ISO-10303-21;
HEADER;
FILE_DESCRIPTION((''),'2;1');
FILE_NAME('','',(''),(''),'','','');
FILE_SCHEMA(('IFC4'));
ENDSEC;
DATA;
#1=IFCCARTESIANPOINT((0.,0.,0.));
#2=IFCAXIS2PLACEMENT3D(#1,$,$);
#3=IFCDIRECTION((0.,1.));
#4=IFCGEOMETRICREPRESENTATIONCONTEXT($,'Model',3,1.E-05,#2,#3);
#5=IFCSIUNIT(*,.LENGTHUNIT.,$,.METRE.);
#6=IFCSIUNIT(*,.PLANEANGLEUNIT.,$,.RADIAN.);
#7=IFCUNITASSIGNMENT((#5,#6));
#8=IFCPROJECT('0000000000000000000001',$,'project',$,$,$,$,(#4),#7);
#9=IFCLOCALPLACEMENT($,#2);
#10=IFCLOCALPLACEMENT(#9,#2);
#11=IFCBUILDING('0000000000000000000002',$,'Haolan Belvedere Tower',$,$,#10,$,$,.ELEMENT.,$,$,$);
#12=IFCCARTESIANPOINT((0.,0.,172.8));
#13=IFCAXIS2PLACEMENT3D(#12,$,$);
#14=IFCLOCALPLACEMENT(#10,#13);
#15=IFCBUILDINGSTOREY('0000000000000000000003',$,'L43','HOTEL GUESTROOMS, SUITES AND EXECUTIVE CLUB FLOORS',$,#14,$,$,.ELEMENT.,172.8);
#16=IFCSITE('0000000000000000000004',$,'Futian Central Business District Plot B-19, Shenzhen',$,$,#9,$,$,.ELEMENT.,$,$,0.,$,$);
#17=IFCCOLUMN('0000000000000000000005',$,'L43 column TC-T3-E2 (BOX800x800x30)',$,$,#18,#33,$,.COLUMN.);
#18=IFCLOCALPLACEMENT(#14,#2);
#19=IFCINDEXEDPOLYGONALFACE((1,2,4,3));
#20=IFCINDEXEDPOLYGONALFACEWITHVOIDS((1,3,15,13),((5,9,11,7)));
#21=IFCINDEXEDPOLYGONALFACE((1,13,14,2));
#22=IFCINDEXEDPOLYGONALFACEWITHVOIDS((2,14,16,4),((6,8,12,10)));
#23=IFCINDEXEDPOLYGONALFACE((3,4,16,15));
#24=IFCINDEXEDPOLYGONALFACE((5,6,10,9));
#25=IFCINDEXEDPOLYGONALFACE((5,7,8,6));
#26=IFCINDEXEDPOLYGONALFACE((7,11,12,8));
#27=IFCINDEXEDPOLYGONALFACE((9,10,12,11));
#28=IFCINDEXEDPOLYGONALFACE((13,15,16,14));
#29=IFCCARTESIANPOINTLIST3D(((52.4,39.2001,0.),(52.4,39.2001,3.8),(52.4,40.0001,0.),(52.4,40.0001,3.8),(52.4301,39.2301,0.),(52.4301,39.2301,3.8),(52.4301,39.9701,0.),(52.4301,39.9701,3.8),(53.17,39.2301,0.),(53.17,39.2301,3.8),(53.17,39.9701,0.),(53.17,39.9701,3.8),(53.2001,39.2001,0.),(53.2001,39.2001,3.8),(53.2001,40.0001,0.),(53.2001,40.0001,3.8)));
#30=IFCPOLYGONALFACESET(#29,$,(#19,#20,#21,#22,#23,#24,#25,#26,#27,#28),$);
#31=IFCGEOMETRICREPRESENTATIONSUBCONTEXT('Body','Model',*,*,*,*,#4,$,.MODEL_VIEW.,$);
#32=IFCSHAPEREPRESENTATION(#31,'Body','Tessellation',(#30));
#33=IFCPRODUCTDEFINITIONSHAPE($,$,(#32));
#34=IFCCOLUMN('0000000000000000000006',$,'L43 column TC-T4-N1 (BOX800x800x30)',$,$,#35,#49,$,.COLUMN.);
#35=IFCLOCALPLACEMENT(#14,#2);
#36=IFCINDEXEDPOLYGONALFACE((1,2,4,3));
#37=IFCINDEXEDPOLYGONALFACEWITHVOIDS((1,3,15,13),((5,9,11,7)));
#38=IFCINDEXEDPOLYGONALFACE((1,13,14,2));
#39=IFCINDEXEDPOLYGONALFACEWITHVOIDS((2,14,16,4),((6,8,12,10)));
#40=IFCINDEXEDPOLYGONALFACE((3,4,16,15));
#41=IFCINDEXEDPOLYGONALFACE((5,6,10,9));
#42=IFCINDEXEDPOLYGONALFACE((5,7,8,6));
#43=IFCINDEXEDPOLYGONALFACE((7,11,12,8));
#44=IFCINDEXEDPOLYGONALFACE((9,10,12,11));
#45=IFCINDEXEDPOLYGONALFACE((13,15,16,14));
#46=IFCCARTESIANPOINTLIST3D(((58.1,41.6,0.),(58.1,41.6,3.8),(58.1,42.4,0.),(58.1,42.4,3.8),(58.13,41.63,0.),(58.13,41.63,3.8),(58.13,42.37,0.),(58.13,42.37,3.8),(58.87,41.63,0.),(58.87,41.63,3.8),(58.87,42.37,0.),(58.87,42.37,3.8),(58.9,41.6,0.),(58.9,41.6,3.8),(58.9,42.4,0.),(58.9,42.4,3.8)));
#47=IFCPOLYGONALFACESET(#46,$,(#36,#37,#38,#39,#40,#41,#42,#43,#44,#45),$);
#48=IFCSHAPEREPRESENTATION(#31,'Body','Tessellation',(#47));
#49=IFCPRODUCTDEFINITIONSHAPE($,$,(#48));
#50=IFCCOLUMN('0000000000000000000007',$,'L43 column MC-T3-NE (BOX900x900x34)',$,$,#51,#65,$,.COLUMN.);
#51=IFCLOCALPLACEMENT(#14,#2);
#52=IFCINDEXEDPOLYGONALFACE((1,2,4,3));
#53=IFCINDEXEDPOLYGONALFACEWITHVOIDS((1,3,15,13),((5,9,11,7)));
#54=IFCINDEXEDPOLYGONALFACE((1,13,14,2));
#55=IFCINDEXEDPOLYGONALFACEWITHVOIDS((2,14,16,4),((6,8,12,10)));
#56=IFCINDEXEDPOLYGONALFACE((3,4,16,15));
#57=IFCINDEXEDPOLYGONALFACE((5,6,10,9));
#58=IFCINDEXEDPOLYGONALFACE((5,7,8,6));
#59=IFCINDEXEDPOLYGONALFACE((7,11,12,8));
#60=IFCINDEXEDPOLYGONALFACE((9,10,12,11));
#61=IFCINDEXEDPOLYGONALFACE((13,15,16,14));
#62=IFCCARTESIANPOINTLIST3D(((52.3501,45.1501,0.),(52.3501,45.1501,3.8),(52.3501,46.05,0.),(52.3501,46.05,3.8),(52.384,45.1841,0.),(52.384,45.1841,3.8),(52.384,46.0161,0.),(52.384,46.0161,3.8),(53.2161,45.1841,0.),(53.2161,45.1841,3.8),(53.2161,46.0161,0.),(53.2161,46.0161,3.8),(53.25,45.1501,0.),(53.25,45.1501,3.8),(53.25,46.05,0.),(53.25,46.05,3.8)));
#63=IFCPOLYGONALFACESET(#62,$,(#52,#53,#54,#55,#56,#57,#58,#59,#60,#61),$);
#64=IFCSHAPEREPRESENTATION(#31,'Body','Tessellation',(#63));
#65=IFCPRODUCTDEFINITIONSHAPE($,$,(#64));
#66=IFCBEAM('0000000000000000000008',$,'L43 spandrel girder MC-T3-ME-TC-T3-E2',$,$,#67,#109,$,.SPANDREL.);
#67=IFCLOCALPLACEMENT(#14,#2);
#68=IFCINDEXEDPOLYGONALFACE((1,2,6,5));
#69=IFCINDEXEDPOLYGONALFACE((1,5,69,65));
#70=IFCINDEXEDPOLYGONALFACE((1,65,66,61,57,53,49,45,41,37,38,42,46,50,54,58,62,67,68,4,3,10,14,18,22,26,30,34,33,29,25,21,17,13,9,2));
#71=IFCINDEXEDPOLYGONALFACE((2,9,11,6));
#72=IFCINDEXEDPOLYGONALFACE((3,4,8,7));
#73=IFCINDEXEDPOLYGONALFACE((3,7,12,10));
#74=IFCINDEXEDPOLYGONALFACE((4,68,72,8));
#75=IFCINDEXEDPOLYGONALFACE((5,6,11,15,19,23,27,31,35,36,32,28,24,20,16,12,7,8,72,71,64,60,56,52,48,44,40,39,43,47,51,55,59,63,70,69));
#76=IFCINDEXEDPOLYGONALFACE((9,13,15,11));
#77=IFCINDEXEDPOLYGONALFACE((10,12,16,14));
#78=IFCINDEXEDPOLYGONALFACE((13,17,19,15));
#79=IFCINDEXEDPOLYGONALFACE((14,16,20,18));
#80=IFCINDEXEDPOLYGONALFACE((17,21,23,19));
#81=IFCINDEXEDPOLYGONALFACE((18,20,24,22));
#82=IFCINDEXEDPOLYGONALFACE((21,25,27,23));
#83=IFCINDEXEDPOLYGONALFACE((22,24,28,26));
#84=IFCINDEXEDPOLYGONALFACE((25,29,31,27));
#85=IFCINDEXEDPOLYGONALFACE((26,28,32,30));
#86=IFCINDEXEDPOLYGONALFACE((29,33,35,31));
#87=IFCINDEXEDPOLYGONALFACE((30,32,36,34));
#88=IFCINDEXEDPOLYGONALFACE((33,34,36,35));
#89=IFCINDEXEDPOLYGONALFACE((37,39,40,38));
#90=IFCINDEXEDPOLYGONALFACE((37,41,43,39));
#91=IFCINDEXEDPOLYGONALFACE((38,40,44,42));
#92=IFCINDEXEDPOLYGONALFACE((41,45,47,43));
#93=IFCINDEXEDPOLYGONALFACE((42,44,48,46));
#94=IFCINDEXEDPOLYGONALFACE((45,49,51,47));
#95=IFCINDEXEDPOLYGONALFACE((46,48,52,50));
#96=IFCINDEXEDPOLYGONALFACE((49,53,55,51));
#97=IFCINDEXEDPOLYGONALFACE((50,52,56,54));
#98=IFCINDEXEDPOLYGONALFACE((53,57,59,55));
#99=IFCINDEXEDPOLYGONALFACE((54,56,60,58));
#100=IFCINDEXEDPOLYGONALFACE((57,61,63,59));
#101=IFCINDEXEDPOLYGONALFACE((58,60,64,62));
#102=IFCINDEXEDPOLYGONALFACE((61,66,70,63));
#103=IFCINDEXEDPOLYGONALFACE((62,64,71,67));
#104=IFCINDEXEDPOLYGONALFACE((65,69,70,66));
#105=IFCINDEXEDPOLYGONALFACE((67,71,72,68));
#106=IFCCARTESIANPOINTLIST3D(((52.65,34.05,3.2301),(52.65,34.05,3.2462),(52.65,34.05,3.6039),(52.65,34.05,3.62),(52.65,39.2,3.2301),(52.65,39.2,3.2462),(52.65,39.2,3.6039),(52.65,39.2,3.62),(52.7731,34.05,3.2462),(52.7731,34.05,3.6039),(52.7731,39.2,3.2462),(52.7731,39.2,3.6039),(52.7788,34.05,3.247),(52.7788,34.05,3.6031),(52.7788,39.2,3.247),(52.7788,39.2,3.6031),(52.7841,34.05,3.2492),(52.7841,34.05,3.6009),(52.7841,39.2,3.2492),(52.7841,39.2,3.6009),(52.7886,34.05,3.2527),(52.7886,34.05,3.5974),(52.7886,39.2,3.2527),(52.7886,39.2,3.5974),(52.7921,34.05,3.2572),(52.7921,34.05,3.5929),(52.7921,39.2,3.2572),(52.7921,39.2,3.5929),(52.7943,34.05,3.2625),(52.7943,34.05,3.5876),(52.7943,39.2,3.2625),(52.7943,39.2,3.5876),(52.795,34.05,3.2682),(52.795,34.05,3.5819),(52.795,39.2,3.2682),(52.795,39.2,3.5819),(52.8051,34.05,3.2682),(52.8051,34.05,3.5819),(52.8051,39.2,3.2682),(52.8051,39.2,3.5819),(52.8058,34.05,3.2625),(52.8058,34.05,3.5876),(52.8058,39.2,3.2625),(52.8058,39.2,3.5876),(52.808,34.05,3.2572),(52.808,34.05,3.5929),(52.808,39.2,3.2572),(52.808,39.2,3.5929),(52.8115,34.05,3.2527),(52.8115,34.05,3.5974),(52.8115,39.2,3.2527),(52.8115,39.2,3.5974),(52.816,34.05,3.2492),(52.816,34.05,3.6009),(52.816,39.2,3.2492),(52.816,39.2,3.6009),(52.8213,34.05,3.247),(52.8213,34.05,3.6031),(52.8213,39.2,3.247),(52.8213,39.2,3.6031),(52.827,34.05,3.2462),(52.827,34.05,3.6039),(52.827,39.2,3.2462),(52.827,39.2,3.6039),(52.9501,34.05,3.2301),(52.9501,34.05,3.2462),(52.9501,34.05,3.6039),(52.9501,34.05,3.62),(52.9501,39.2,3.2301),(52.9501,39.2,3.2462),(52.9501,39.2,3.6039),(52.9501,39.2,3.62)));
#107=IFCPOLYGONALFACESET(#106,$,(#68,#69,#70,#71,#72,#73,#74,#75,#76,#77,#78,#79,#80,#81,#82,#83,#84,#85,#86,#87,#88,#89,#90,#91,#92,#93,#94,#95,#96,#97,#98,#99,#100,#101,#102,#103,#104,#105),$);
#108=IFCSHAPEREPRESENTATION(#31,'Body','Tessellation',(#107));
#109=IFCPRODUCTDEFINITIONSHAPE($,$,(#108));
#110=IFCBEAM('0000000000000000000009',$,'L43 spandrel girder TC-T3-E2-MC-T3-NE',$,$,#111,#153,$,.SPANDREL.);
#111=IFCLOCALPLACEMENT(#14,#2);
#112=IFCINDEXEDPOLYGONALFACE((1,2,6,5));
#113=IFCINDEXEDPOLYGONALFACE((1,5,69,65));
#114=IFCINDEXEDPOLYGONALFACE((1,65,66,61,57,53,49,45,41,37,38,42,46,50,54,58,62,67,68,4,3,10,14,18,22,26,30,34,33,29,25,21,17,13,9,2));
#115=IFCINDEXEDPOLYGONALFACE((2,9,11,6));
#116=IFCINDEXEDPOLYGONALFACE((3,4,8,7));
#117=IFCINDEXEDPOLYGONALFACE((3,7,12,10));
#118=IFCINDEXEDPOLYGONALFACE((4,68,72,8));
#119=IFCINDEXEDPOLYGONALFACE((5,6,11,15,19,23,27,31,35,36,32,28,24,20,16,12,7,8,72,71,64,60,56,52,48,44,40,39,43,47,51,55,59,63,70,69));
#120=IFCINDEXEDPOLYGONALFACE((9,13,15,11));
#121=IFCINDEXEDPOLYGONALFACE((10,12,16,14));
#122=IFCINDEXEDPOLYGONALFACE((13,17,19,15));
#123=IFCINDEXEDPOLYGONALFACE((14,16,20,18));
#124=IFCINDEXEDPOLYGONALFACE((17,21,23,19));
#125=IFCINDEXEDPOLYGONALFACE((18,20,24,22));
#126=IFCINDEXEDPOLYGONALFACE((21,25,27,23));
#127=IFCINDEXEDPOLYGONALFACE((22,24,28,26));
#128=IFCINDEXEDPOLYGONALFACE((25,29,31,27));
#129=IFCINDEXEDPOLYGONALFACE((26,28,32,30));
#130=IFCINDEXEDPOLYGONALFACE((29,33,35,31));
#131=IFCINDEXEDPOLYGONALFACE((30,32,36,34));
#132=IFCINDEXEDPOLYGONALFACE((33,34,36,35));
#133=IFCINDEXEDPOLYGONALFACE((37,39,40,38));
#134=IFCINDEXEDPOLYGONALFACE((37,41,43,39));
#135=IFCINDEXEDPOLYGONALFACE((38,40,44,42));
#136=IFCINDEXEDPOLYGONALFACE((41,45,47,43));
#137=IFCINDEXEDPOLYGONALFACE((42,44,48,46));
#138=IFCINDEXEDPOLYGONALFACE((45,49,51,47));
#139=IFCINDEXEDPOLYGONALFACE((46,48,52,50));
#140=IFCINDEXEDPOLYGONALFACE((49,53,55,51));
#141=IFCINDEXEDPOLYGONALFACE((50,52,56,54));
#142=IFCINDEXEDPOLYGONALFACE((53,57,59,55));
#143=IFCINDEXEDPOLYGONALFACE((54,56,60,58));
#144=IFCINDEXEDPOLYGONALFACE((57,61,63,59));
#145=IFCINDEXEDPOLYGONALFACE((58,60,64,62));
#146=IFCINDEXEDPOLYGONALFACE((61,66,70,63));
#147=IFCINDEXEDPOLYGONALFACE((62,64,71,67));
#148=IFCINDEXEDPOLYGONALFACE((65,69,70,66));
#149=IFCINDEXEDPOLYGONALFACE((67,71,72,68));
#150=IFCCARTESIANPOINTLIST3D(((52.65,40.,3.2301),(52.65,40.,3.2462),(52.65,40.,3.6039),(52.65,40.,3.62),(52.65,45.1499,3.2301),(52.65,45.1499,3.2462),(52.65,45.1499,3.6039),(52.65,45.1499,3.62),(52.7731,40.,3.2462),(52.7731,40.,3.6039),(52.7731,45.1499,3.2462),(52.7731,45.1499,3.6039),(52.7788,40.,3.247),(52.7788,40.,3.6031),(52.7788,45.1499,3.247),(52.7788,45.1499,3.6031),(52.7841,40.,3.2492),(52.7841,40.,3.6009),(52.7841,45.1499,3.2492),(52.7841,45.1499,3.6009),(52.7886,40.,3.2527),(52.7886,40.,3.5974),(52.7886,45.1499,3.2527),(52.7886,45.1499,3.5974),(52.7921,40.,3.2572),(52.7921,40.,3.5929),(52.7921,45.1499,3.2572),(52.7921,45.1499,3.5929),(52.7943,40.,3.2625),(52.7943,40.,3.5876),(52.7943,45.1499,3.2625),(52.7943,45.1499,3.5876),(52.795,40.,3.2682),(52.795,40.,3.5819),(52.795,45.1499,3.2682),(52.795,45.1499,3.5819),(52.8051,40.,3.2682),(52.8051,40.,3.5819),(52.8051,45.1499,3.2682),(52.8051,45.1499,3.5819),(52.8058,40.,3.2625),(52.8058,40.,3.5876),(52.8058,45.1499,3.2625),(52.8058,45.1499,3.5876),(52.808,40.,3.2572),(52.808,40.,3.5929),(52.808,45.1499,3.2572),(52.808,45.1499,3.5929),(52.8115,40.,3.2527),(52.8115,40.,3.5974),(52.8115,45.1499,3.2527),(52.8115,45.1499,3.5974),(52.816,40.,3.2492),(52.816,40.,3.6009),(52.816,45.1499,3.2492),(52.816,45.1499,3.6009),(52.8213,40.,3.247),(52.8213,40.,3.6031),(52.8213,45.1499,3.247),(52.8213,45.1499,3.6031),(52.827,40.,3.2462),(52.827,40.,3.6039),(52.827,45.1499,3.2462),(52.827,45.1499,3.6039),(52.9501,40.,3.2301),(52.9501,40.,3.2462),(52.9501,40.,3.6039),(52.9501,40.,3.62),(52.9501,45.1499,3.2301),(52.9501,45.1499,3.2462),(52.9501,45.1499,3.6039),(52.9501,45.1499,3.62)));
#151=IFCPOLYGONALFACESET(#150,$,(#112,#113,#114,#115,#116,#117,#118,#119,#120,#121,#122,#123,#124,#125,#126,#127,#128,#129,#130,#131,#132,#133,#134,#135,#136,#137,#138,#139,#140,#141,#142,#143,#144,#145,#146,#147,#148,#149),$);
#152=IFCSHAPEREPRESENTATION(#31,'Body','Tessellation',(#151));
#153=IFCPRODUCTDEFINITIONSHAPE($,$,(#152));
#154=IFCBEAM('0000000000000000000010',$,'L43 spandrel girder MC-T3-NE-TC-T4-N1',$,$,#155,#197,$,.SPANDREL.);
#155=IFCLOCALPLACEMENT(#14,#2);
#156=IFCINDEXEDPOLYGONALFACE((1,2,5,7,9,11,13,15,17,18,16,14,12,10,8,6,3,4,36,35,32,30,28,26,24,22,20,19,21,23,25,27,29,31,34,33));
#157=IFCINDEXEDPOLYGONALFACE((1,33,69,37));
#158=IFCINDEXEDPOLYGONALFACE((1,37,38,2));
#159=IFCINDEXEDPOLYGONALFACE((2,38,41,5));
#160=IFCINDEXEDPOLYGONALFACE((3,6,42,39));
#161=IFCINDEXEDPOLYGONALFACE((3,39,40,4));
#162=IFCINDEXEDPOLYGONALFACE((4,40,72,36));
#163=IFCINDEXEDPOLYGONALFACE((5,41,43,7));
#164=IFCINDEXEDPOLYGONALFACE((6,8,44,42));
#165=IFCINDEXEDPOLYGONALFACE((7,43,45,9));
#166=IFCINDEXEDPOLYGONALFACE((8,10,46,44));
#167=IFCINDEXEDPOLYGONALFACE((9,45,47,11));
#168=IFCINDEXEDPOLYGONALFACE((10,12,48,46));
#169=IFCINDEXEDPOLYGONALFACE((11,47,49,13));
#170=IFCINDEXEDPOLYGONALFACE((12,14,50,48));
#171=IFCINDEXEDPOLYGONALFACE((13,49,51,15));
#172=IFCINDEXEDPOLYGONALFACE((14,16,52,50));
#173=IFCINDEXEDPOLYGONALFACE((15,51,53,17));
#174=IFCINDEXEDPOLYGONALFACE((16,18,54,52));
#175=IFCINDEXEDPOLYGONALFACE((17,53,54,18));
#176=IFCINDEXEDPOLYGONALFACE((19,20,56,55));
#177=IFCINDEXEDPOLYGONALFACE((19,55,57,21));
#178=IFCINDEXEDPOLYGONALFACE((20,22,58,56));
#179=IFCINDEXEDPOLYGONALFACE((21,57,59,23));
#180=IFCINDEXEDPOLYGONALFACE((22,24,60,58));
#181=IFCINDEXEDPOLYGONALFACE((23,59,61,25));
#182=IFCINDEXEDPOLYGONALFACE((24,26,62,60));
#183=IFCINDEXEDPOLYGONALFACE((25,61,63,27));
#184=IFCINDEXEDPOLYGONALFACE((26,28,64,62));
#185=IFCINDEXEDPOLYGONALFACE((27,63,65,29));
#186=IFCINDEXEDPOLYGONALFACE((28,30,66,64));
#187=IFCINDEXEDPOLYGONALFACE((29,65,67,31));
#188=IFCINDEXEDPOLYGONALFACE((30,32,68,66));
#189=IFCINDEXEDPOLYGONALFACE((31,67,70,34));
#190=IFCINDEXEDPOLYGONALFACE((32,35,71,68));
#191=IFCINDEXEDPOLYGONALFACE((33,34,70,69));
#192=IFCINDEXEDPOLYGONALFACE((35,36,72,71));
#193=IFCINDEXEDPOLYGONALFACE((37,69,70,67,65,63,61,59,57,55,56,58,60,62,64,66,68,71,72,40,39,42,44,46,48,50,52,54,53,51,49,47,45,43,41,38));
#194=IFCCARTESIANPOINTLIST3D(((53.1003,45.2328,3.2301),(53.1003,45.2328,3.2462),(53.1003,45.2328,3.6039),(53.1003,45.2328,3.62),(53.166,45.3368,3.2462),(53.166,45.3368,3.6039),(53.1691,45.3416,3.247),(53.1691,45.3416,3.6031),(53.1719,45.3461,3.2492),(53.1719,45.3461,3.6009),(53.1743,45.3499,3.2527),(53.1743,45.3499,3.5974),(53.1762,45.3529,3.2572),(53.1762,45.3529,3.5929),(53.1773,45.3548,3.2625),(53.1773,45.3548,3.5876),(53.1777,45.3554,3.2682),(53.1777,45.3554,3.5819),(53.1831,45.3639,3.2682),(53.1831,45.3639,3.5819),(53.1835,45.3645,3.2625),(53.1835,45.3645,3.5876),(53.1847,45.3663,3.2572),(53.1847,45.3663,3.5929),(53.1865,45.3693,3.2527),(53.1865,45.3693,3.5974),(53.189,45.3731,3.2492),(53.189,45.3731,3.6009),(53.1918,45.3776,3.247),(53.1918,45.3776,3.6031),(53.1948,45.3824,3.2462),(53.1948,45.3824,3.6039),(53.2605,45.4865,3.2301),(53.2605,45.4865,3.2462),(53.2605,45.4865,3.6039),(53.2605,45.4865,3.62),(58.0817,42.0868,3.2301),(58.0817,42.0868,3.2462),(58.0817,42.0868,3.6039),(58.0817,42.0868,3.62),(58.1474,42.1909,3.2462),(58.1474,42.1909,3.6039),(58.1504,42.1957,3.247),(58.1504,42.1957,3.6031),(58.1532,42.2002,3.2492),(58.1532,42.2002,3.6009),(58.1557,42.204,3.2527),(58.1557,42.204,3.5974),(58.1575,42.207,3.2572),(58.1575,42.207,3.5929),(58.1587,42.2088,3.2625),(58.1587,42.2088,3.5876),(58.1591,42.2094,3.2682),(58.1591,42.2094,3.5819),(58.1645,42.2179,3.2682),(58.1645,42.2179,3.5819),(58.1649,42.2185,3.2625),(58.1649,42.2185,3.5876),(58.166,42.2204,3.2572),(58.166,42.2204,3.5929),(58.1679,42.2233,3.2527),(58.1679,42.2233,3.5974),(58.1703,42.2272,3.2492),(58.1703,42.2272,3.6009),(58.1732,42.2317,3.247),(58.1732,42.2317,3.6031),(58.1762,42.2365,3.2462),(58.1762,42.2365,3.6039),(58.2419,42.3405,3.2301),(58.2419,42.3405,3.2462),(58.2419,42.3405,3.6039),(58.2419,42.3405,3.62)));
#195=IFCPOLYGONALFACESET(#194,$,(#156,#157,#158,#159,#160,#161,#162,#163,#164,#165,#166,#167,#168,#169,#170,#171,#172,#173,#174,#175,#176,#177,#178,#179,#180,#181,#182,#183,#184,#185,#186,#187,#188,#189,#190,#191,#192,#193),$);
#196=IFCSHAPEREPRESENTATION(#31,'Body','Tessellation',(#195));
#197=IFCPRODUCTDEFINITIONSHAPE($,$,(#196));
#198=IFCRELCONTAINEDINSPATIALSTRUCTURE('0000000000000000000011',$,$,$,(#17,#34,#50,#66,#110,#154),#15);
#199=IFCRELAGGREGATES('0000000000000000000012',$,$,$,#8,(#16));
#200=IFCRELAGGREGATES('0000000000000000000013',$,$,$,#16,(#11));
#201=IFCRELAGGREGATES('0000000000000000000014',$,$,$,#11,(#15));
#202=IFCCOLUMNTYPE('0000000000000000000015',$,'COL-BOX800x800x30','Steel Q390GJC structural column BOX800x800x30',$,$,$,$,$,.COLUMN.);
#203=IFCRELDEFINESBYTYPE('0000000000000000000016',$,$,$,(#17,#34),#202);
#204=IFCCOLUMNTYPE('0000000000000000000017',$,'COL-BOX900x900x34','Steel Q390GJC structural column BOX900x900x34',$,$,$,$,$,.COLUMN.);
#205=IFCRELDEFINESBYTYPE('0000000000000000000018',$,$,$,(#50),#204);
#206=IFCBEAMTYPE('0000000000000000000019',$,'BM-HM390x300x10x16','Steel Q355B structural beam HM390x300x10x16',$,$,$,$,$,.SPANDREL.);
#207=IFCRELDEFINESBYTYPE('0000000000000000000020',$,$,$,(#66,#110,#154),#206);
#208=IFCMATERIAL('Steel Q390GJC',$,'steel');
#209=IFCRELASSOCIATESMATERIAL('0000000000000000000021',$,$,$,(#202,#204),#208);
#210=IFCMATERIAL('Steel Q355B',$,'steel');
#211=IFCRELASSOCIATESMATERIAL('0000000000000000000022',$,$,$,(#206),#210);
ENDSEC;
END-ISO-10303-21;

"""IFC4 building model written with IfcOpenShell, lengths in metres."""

from ifc_helpers import new_model, si_unit, direction, frame, origin, origin_2d, place, context, subcontext, project, spatial, hollow_rectangle, i_section, extrude, material, material_profile, profile_set, type_object, element, save


model = new_model("IFC4")

# Units and contexts
model_context = context("Model", 3, precision=1e-05, world=origin(), true_north=direction((0.0, 1.0)))
body_context = subcontext(model_context, "Body", "Model", "MODEL_VIEW")
ifc_project = project(units=[si_unit("LENGTHUNIT", "METRE"), si_unit("PLANEANGLEUNIT", "RADIAN")], contexts=[model_context])

# Site, building, storey
site_placement = place(None, origin())
site = spatial("IfcSite", under=ifc_project, at=site_placement, Name="Futian Central Business District Plot B-19, Shenzhen", CompositionType="ELEMENT", RefElevation=0.0)
building_placement = place(site_placement, origin())
building = spatial("IfcBuilding", under=site, at=building_placement, Name="Haolan Belvedere Tower", CompositionType="ELEMENT")
storey_placement = place(building_placement, frame((0.0, 0.0, 172.8)))
storey = spatial("IfcBuildingStorey", under=building, at=storey_placement, Name="L43", Description="HOTEL GUESTROOMS, SUITES AND EXECUTIVE CLUB FLOORS", CompositionType="ELEMENT", Elevation=172.8)

# Columns
ifc_material_1 = material(Name="Steel Q390GJC", Category="steel")
ifc_material_profile_1 = material_profile(ifc_material_1, hollow_rectangle(XDim=0.8, YDim=0.8, WallThickness=0.03, at=origin_2d()), Name="Steel Q390GJC")
ifc_profile_set_1 = profile_set([ifc_material_profile_1], Name="Steel Q390GJC")
column_type_1 = type_object("IfcColumnType", Name="COL-BOX800x800x30", Description="Steel Q390GJC structural column BOX800x800x30", PredefinedType="COLUMN", material=ifc_profile_set_1)
for number, where, z_axis, x_axis, name in (
    (1, (52.8, 39.6001, 0.0), (0.0, 0.0, 1.0), (1.0, 0.0, 0.0), "L43 column TC-T3-E2 (BOX800x800x30)"),
    (2, (58.5, 42.0, 0.0), (0.0, 0.0, 1.0), (1.0, 0.0, 0.0), "L43 column TC-T4-N1 (BOX800x800x30)"),
):
    element("IfcColumn", number, at=place(storey_placement, frame(where, z_axis=z_axis, x_axis=x_axis)), inside=storey, type_object=column_type_1, Name=name, PredefinedType="COLUMN", context=body_context, shape_type="SweptSolid", body=[
        extrude(hollow_rectangle(XDim=0.8, YDim=0.8, WallThickness=0.03, at=origin_2d()), origin(), (0.0, 0.0, 1.0), 3.8),
    ])
ifc_material_profile_2 = material_profile(ifc_material_1, hollow_rectangle(XDim=0.8999, YDim=0.8999, WallThickness=0.0339, at=origin_2d()), Name="Steel Q390GJC")
ifc_profile_set_2 = profile_set([ifc_material_profile_2], Name="Steel Q390GJC")
column_type_2 = type_object("IfcColumnType", Name="COL-BOX900x900x34", Description="Steel Q390GJC structural column BOX900x900x34", PredefinedType="COLUMN", material=ifc_profile_set_2)
column_placement = place(storey_placement, frame((52.8, 45.6001, 0.0), z_axis=(0.0, 0.0, 1.0), x_axis=(1.0, 0.0, 0.0)))
element("IfcColumn", 3, at=column_placement, inside=storey, type_object=column_type_2, Name="L43 column MC-T3-NE (BOX900x900x34)", PredefinedType="COLUMN", context=body_context, shape_type="SweptSolid", body=[
    extrude(hollow_rectangle(XDim=0.8999, YDim=0.8999, WallThickness=0.0339, at=origin_2d()), origin(), (0.0, 0.0, 1.0), 3.8),
])

# Beams
ifc_material_2 = material(Name="Steel Q355B", Category="steel")
ifc_material_profile_3 = material_profile(ifc_material_2, i_section(OverallWidth=0.3, OverallDepth=0.3899, WebThickness=0.01, FlangeThickness=0.0161, FilletRadius=0.022, at=origin_2d()), Name="Steel Q355B")
ifc_profile_set_3 = profile_set([ifc_material_profile_3], Name="Steel Q355B")
beam_type_1 = type_object("IfcBeamType", Name="BM-HM390x300x10x16", Description="Steel Q355B structural beam HM390x300x10x16", PredefinedType="SPANDREL", material=ifc_profile_set_3)
for number, where, z_axis, x_axis, name in (
    (4, (52.8, 34.05, 3.425), (0.0, 1.0, 0.0), (-1.0, 0.0, 0.0), "L43 spandrel girder MC-T3-ME-TC-T3-E2"),
    (5, (52.8, 40.0, 3.425), (0.0, 1.0, 0.0), (-1.0, 0.0, 0.0), "L43 spandrel girder TC-T3-E2-MC-T3-NE"),
):
    element("IfcBeam", number, at=place(storey_placement, frame(where, z_axis=z_axis, x_axis=x_axis)), inside=storey, type_object=beam_type_1, Name=name, PredefinedType="SPANDREL", context=body_context, shape_type="SweptSolid", body=[
        extrude(i_section(OverallWidth=0.3, OverallDepth=0.3899, WebThickness=0.01, FlangeThickness=0.0161, FilletRadius=0.022, at=origin_2d()), origin(), (0.0, 0.0, 1.0), 5.1499),
    ])
beam_1_placement = place(storey_placement, frame((53.1804, 45.3596, 3.425), z_axis=(0.845503, -0.533971, 0.0), x_axis=(0.533971, 0.845503, 0.0)))
element("IfcBeam", 6, at=beam_1_placement, inside=storey, type_object=beam_type_1, Name="L43 spandrel girder MC-T3-NE-TC-T4-N1", PredefinedType="SPANDREL", context=body_context, shape_type="SweptSolid", body=[
    extrude(i_section(OverallWidth=0.3, OverallDepth=0.3899, WebThickness=0.01, FlangeThickness=0.0161, FilletRadius=0.022, at=origin_2d()), origin(), (0.0, 0.0, 1.0), 5.8916),
])

save(model, "model.ifc")
